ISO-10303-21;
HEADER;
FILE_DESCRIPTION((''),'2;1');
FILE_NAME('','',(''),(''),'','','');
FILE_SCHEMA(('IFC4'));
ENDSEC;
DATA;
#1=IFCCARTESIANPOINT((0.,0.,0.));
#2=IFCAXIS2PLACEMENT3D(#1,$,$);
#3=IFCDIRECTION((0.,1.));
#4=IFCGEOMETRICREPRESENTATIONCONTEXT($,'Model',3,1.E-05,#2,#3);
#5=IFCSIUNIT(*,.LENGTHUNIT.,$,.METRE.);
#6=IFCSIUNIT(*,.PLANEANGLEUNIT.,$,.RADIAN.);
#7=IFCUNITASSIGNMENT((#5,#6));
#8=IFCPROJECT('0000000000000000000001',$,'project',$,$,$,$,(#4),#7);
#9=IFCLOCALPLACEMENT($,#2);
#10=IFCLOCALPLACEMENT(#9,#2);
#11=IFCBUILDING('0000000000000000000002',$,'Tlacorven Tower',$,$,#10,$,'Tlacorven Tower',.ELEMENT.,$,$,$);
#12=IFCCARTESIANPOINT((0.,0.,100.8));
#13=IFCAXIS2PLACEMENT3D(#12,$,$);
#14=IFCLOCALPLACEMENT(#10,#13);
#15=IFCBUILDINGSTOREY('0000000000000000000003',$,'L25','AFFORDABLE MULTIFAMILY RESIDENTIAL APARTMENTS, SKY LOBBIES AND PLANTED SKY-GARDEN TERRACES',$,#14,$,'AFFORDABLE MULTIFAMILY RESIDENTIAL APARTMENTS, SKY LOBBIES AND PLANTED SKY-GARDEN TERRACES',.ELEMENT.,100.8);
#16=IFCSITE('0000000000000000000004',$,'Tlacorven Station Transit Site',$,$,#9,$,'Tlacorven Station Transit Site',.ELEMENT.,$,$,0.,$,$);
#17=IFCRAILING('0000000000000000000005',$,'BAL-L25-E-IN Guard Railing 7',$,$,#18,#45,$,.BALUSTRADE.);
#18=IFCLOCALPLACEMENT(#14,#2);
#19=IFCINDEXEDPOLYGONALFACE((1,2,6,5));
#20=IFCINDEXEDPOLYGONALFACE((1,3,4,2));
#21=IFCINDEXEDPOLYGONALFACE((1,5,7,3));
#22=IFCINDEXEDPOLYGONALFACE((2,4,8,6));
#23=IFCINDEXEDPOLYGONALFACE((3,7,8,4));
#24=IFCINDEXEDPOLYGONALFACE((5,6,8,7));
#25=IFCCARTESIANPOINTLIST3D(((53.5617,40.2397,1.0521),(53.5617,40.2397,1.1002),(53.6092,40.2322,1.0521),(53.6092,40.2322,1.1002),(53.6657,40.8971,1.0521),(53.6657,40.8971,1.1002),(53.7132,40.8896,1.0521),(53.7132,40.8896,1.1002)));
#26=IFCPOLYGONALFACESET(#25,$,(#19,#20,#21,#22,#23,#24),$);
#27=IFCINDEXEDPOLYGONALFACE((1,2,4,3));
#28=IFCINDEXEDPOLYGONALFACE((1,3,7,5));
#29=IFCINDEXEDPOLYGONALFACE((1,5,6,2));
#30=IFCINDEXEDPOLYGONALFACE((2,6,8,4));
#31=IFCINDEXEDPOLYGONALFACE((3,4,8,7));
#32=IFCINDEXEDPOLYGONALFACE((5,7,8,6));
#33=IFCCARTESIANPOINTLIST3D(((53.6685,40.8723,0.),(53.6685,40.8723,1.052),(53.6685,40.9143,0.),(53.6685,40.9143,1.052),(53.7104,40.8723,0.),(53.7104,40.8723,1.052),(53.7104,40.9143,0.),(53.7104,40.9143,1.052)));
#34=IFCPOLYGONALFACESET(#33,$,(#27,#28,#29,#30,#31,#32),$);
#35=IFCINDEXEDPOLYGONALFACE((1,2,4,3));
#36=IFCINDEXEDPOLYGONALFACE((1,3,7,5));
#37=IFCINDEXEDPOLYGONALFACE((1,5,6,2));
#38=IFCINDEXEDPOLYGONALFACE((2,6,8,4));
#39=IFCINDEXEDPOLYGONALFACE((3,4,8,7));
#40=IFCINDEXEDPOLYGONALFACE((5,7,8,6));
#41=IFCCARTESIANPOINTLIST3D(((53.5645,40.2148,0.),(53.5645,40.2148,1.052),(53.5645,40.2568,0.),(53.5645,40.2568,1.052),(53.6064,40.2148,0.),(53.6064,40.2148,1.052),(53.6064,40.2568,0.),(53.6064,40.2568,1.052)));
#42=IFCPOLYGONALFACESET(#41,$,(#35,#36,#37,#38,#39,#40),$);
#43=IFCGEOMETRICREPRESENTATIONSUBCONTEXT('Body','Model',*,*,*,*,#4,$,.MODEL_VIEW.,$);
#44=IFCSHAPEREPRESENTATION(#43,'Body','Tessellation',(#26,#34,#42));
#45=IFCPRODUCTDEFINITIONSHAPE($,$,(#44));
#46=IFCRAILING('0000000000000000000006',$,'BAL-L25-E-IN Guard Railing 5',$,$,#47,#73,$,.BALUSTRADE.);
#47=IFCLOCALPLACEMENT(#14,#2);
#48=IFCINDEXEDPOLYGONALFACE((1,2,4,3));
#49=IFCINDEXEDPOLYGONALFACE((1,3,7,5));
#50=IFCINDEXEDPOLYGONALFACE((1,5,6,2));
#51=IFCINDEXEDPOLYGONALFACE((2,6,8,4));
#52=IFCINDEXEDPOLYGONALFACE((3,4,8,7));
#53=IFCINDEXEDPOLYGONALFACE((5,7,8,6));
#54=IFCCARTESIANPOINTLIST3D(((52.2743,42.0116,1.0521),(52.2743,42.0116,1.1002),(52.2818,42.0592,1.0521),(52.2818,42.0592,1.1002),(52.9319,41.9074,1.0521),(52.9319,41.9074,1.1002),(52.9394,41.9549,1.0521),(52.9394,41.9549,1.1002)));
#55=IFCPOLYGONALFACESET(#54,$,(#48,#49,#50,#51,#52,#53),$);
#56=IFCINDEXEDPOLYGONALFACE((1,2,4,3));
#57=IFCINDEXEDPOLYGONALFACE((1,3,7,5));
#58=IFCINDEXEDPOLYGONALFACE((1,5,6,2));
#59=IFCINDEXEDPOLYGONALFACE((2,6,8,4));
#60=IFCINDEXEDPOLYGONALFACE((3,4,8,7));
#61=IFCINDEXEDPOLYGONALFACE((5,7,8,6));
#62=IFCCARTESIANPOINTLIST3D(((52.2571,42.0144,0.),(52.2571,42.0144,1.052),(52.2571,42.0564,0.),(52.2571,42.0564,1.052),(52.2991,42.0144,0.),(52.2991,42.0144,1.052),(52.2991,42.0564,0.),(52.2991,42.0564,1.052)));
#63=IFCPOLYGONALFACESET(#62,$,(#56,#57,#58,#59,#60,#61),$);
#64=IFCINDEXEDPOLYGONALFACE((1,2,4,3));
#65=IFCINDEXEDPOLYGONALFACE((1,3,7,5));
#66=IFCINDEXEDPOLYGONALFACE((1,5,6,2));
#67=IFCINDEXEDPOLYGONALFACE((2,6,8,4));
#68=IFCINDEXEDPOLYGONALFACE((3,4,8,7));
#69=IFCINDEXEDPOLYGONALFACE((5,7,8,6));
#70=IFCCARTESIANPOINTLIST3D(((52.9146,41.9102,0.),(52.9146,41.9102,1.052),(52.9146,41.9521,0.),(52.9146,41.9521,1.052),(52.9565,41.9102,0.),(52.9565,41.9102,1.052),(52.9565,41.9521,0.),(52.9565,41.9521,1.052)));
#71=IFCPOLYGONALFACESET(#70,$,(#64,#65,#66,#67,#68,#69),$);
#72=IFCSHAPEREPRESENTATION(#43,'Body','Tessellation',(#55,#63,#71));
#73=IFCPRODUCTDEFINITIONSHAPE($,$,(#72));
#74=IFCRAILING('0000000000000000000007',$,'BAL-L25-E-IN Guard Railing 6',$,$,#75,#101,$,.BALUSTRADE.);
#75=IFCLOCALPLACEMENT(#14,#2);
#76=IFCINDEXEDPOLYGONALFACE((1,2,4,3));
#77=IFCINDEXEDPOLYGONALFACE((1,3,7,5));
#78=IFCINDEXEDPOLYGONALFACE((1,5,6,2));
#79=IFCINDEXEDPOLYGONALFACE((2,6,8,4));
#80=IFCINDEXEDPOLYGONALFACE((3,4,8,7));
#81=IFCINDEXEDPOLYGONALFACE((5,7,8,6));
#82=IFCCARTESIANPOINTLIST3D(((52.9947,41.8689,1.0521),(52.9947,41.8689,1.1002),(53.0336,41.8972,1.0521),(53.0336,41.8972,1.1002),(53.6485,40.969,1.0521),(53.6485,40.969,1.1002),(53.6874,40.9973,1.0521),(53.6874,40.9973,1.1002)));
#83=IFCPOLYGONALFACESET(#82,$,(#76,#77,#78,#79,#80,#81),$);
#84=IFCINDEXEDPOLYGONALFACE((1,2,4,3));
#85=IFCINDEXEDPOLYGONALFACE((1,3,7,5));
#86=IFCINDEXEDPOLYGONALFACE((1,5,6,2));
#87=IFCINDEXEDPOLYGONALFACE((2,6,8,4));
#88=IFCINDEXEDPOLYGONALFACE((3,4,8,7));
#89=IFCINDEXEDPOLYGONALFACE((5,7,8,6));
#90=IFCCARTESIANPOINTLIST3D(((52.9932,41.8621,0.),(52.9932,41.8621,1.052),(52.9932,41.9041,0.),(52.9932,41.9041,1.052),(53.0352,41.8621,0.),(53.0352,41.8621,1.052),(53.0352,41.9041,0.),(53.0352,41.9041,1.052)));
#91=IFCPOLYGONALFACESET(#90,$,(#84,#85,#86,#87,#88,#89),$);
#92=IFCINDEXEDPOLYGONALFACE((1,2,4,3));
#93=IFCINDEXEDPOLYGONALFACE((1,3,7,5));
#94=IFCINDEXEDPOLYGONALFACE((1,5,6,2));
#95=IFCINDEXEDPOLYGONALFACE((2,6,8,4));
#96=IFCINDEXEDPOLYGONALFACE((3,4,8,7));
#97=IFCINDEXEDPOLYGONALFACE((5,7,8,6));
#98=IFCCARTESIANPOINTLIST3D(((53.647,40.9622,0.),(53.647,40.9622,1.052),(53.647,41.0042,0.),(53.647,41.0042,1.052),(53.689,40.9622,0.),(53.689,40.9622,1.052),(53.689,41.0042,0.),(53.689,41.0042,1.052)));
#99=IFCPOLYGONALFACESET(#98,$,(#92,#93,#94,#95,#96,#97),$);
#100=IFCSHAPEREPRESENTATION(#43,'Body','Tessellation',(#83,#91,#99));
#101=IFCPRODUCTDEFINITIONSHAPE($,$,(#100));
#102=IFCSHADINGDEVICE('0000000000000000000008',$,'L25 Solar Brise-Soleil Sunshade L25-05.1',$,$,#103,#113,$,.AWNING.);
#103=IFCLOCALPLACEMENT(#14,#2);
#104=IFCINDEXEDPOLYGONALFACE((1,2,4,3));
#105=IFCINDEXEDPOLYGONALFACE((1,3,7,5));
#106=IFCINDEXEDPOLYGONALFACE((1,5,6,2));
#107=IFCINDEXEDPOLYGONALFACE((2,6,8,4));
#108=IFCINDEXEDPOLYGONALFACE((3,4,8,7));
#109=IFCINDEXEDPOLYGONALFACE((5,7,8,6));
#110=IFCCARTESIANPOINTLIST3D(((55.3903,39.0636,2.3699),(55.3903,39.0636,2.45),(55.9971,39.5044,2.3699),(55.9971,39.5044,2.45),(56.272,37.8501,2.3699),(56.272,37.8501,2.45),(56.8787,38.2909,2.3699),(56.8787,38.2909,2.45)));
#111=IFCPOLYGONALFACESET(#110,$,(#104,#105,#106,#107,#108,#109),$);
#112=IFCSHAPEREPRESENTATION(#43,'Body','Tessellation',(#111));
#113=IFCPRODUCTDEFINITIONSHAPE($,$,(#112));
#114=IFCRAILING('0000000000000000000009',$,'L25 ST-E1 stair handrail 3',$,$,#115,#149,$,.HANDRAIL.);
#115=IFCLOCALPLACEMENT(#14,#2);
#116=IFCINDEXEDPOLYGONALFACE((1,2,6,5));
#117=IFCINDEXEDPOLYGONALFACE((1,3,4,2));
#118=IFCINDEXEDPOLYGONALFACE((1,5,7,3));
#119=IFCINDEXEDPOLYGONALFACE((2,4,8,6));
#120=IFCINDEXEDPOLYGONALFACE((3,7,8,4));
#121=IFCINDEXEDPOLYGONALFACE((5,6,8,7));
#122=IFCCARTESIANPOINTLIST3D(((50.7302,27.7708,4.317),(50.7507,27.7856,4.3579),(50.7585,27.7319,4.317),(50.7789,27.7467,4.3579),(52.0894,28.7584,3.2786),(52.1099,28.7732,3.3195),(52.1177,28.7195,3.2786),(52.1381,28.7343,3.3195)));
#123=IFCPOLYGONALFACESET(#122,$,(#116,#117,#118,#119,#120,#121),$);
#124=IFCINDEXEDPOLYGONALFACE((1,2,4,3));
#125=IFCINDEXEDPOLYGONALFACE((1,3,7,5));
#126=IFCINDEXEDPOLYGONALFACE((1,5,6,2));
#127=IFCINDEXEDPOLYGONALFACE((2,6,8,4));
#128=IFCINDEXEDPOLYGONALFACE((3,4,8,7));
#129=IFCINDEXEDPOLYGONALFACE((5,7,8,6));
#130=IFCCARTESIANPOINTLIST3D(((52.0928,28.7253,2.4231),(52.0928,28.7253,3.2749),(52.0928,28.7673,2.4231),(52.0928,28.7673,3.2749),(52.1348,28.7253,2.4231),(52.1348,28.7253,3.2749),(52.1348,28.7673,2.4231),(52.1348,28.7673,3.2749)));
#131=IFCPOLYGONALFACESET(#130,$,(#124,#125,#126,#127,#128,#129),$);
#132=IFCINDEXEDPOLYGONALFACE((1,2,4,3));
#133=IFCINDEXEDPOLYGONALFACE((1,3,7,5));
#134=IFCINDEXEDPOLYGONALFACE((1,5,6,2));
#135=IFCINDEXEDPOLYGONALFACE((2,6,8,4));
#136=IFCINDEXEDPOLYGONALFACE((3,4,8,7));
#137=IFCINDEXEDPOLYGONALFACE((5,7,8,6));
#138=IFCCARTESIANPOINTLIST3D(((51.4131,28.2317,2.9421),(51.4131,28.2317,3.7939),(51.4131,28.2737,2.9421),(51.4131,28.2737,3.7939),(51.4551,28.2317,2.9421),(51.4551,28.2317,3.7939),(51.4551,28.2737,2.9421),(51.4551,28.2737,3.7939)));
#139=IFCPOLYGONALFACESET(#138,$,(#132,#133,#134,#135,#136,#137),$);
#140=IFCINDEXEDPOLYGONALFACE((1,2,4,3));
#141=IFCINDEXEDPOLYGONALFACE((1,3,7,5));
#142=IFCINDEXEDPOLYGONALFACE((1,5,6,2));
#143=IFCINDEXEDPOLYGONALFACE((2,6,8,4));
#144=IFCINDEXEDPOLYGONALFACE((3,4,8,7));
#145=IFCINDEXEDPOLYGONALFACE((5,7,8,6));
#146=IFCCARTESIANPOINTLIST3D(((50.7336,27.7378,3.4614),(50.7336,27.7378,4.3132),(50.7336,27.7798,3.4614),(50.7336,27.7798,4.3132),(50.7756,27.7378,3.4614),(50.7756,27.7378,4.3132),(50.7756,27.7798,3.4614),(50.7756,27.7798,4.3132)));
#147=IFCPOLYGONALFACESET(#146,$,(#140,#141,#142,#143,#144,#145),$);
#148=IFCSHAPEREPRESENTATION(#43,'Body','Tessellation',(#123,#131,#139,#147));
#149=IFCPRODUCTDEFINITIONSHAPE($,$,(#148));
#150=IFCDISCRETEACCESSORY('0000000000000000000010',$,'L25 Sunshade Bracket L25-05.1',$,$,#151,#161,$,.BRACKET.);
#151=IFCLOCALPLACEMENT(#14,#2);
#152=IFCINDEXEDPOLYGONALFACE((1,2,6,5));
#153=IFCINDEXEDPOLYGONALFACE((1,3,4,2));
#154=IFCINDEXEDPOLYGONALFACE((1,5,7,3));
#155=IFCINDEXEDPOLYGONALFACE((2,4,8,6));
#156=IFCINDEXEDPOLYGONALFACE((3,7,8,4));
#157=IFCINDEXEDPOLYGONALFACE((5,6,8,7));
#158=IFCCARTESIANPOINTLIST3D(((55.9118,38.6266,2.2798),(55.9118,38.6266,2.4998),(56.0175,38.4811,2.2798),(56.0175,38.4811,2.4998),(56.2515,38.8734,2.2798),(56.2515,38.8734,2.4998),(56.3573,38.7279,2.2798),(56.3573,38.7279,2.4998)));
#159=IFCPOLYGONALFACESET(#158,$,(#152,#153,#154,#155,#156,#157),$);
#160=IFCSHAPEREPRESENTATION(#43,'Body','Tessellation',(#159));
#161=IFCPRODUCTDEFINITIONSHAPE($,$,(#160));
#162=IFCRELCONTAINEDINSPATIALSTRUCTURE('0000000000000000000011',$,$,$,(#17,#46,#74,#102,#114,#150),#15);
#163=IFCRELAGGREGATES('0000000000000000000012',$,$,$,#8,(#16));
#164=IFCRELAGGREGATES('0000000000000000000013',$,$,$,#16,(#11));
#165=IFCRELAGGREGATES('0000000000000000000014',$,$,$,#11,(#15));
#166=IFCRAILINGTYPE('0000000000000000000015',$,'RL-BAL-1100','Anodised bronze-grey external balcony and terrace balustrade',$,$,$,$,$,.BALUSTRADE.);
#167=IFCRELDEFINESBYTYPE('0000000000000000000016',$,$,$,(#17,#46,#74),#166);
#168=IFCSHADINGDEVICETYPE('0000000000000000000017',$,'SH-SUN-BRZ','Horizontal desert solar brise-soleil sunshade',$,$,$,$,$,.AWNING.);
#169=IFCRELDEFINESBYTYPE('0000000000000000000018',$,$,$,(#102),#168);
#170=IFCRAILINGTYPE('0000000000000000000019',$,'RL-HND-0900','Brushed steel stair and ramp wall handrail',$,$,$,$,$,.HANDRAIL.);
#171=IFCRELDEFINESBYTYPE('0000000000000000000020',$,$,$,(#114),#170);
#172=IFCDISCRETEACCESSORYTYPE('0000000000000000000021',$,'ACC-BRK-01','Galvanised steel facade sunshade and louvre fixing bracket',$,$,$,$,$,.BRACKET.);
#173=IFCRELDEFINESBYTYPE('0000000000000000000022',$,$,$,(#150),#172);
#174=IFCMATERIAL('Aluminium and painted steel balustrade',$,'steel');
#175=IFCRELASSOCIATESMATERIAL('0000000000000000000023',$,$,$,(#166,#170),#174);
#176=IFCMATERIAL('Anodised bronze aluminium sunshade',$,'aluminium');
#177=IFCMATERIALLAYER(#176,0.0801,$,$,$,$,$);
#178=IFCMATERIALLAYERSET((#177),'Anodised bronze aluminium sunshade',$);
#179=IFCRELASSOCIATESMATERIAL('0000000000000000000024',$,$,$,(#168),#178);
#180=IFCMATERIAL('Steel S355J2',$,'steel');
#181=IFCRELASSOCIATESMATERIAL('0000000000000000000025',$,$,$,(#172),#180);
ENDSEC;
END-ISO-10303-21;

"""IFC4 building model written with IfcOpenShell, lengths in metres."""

from ifc_helpers import new_model, si_unit, direction, frame, origin, origin_2d, place, context, subcontext, project, spatial, rectangle, extrude, source, transform, mapped, material, layer, layer_set, type_object, element, save


model = new_model("IFC4")

# Units and contexts
model_context = context("Model", 3, precision=1e-05, world=origin(), true_north=direction((0.0, 1.0)))
body_context = subcontext(model_context, "Body", "Model", "MODEL_VIEW")
ifc_project = project(units=[si_unit("LENGTHUNIT", "METRE"), si_unit("PLANEANGLEUNIT", "RADIAN")], contexts=[model_context])

# Site, building, storey
site_placement = place(None, origin())
site = spatial("IfcSite", under=ifc_project, at=site_placement, Name="Tlacorven Station Transit Site", LongName="Tlacorven Station Transit Site", CompositionType="ELEMENT", RefElevation=0.0)
building_placement = place(site_placement, origin())
building = spatial("IfcBuilding", under=site, at=building_placement, Name="Tlacorven Tower", LongName="Tlacorven Tower", CompositionType="ELEMENT")
storey_placement = place(building_placement, frame((0.0, 0.0, 100.8)))
storey = spatial("IfcBuildingStorey", under=building, at=storey_placement, Name="L25", Description="AFFORDABLE MULTIFAMILY RESIDENTIAL APARTMENTS, SKY LOBBIES AND PLANTED SKY-GARDEN TERRACES", LongName="AFFORDABLE MULTIFAMILY RESIDENTIAL APARTMENTS, SKY LOBBIES AND PLANTED SKY-GARDEN TERRACES", CompositionType="ELEMENT", Elevation=100.8)

# Shared definitions
ifc_material_1 = material(Name="Steel S355J2", Category="steel")

# Railings
ifc_material_2 = material(Name="Aluminium and painted steel balustrade", Category="steel")
railing_type_1 = type_object("IfcRailingType", Name="RL-BAL-1100", Description="Anodised bronze-grey external balcony and terrace balustrade", PredefinedType="BALUSTRADE", material=ifc_material_2)
shared_shape_1 = source(origin(), body_context, "Body", "SweptSolid", [
    extrude(rectangle(XDim=0.0481, YDim=0.0481, at=origin_2d()), frame((0.0, 0.0, 1.0762), z_axis=(-0.156245, -0.987718, 0.0), x_axis=(0.987718, -0.156245, 0.0)), (0.0, 0.0, 1.0), 0.6655),
    extrude(rectangle(XDim=0.042, YDim=0.042, at=origin_2d()), origin(), (0.0, 0.0, 1.0), 1.052),
    extrude(rectangle(XDim=0.042, YDim=0.042, at=origin_2d()), frame((-0.104, -0.6575, 0.0)), (0.0, 0.0, 1.0), 1.052),
])
railing_1_placement = place(storey_placement, frame((53.6895, 40.8933, 0.0)))
element("IfcRailing", 1, at=railing_1_placement, inside=storey, type_object=railing_type_1, Name="BAL-L25-E-IN Guard Railing 7", PredefinedType="BALUSTRADE", context=body_context, shape_type="MappedRepresentation", body=[
    mapped(shared_shape_1, transform((0.0, 0.0, 0.0), scale=1.0)),
])
shared_shape_2 = source(origin(), body_context, "Body", "SweptSolid", [
    extrude(rectangle(XDim=0.0481, YDim=0.0481, at=origin_2d()), frame((0.0, 0.0, 1.0762), z_axis=(0.987662, -0.156603, 0.0), x_axis=(0.156603, 0.987662, 0.0)), (0.0, 0.0, 1.0), 0.6658),
    extrude(rectangle(XDim=0.042, YDim=0.042, at=origin_2d()), origin(), (0.0, 0.0, 1.0), 1.052),
    extrude(rectangle(XDim=0.042, YDim=0.042, at=origin_2d()), frame((0.6575, -0.1042, 0.0)), (0.0, 0.0, 1.0), 1.052),
])
railing_2_placement = place(storey_placement, frame((52.2781, 42.0354, 0.0)))
element("IfcRailing", 2, at=railing_2_placement, inside=storey, type_object=railing_type_1, Name="BAL-L25-E-IN Guard Railing 5", PredefinedType="BALUSTRADE", context=body_context, shape_type="MappedRepresentation", body=[
    mapped(shared_shape_2, transform((0.0, 0.0, 0.0), scale=1.0)),
])
shared_shape_3 = source(origin(), body_context, "Body", "SweptSolid", [
    extrude(rectangle(XDim=0.0481, YDim=0.0481, at=origin_2d()), frame((0.0, 0.0, 1.0762), z_axis=(0.58778, -0.809021, 0.0), x_axis=(0.809021, 0.58778, 0.0)), (0.0, 0.0, 1.0), 1.1123),
    extrude(rectangle(XDim=0.042, YDim=0.042, at=origin_2d()), origin(), (0.0, 0.0, 1.0), 1.052),
    extrude(rectangle(XDim=0.042, YDim=0.042, at=origin_2d()), frame((0.6538, -0.8999, 0.0)), (0.0, 0.0, 1.0), 1.052),
])
railing_3_placement = place(storey_placement, frame((53.0142, 41.8831, 0.0)))
element("IfcRailing", 3, at=railing_3_placement, inside=storey, type_object=railing_type_1, Name="BAL-L25-E-IN Guard Railing 6", PredefinedType="BALUSTRADE", context=body_context, shape_type="MappedRepresentation", body=[
    mapped(shared_shape_3, transform((0.0, 0.0, 0.0), scale=1.0)),
])

# Shading device
ifc_material_3 = material(Name="Anodised bronze aluminium sunshade", Category="aluminium")
ifc_layer_1 = layer(ifc_material_3, 0.0801)
ifc_layer_set_1 = layer_set([ifc_layer_1], Name="Anodised bronze aluminium sunshade")
shading_device_type = type_object("IfcShadingDeviceType", Name="SH-SUN-BRZ", Description="Horizontal desert solar brise-soleil sunshade", PredefinedType="AWNING", material=ifc_layer_set_1)
shared_shape_4 = source(origin(), body_context, "Body", "SweptSolid", [
    extrude(rectangle(XDim=1.5, YDim=0.75, at=origin_2d()), origin(), (0.0, 0.0, 1.0), 0.0801),
])
shading_device_placement = place(storey_placement, frame((56.1345, 38.6772, 2.3699), z_axis=(0.0, 0.0, 1.0), x_axis=(0.587785, -0.809017, 0.0)))
element("IfcShadingDevice", 4, at=shading_device_placement, inside=storey, type_object=shading_device_type, Name="L25 Solar Brise-Soleil Sunshade L25-05.1", PredefinedType="AWNING", context=body_context, shape_type="MappedRepresentation", body=[
    mapped(shared_shape_4, transform((0.0, 0.0, 0.0), scale=1.0)),
])

# Railing
railing_type_2 = type_object("IfcRailingType", Name="RL-HND-0900", Description="Brushed steel stair and ramp wall handrail", PredefinedType="HANDRAIL", material=ifc_material_2)
shared_shape_5 = source(origin(), body_context, "Body", "SweptSolid", [
    extrude(rectangle(XDim=0.0481, YDim=0.0481, at=origin_2d()), frame((0.0, 0.0, 0.876), z_axis=(-0.688168, -0.500025, 0.525737), x_axis=(0.587817, -0.808994, 0.0)), (0.0, 0.0, 1.0), 1.9751),
    extrude(rectangle(XDim=0.042, YDim=0.042, at=origin_2d()), origin(), (0.0, 0.0, 1.0), 0.8518),
    extrude(rectangle(XDim=0.042, YDim=0.042, at=origin_2d()), frame((-0.6797, -0.4937, 0.519)), (0.0, 0.0, 1.0), 0.8518),
    extrude(rectangle(XDim=0.042, YDim=0.042, at=origin_2d()), frame((-1.3591, -0.9875, 1.0383)), (0.0, 0.0, 1.0), 0.8518),
])
railing_4_placement = place(storey_placement, frame((52.1138, 28.7463, 2.4231)))
element("IfcRailing", 5, at=railing_4_placement, inside=storey, type_object=railing_type_2, Name="L25 ST-E1 stair handrail 3", PredefinedType="HANDRAIL", context=body_context, shape_type="MappedRepresentation", body=[
    mapped(shared_shape_5, transform((0.0, 0.0, 0.0), scale=1.0)),
])

# Discrete accessory
discrete_accessory_type = type_object("IfcDiscreteAccessoryType", Name="ACC-BRK-01", Description="Galvanised steel facade sunshade and louvre fixing bracket", PredefinedType="BRACKET", material=ifc_material_1)
shared_shape_6 = source(origin(), body_context, "Body", "SweptSolid", [
    extrude(rectangle(XDim=0.1799, YDim=0.4199, at=origin_2d()), origin(), (0.0, 0.0, 1.0), 0.22),
])
discrete_accessory_placement = place(storey_placement, frame((56.1345, 38.6772, 2.2798), z_axis=(0.0, 0.0, 1.0), x_axis=(0.587785, -0.809017, 0.0)))
element("IfcDiscreteAccessory", 6, at=discrete_accessory_placement, inside=storey, type_object=discrete_accessory_type, Name="L25 Sunshade Bracket L25-05.1", PredefinedType="BRACKET", context=body_context, shape_type="MappedRepresentation", body=[
    mapped(shared_shape_6, transform((0.0, 0.0, 0.0), scale=1.0)),
])

save(model, "model.ifc")
